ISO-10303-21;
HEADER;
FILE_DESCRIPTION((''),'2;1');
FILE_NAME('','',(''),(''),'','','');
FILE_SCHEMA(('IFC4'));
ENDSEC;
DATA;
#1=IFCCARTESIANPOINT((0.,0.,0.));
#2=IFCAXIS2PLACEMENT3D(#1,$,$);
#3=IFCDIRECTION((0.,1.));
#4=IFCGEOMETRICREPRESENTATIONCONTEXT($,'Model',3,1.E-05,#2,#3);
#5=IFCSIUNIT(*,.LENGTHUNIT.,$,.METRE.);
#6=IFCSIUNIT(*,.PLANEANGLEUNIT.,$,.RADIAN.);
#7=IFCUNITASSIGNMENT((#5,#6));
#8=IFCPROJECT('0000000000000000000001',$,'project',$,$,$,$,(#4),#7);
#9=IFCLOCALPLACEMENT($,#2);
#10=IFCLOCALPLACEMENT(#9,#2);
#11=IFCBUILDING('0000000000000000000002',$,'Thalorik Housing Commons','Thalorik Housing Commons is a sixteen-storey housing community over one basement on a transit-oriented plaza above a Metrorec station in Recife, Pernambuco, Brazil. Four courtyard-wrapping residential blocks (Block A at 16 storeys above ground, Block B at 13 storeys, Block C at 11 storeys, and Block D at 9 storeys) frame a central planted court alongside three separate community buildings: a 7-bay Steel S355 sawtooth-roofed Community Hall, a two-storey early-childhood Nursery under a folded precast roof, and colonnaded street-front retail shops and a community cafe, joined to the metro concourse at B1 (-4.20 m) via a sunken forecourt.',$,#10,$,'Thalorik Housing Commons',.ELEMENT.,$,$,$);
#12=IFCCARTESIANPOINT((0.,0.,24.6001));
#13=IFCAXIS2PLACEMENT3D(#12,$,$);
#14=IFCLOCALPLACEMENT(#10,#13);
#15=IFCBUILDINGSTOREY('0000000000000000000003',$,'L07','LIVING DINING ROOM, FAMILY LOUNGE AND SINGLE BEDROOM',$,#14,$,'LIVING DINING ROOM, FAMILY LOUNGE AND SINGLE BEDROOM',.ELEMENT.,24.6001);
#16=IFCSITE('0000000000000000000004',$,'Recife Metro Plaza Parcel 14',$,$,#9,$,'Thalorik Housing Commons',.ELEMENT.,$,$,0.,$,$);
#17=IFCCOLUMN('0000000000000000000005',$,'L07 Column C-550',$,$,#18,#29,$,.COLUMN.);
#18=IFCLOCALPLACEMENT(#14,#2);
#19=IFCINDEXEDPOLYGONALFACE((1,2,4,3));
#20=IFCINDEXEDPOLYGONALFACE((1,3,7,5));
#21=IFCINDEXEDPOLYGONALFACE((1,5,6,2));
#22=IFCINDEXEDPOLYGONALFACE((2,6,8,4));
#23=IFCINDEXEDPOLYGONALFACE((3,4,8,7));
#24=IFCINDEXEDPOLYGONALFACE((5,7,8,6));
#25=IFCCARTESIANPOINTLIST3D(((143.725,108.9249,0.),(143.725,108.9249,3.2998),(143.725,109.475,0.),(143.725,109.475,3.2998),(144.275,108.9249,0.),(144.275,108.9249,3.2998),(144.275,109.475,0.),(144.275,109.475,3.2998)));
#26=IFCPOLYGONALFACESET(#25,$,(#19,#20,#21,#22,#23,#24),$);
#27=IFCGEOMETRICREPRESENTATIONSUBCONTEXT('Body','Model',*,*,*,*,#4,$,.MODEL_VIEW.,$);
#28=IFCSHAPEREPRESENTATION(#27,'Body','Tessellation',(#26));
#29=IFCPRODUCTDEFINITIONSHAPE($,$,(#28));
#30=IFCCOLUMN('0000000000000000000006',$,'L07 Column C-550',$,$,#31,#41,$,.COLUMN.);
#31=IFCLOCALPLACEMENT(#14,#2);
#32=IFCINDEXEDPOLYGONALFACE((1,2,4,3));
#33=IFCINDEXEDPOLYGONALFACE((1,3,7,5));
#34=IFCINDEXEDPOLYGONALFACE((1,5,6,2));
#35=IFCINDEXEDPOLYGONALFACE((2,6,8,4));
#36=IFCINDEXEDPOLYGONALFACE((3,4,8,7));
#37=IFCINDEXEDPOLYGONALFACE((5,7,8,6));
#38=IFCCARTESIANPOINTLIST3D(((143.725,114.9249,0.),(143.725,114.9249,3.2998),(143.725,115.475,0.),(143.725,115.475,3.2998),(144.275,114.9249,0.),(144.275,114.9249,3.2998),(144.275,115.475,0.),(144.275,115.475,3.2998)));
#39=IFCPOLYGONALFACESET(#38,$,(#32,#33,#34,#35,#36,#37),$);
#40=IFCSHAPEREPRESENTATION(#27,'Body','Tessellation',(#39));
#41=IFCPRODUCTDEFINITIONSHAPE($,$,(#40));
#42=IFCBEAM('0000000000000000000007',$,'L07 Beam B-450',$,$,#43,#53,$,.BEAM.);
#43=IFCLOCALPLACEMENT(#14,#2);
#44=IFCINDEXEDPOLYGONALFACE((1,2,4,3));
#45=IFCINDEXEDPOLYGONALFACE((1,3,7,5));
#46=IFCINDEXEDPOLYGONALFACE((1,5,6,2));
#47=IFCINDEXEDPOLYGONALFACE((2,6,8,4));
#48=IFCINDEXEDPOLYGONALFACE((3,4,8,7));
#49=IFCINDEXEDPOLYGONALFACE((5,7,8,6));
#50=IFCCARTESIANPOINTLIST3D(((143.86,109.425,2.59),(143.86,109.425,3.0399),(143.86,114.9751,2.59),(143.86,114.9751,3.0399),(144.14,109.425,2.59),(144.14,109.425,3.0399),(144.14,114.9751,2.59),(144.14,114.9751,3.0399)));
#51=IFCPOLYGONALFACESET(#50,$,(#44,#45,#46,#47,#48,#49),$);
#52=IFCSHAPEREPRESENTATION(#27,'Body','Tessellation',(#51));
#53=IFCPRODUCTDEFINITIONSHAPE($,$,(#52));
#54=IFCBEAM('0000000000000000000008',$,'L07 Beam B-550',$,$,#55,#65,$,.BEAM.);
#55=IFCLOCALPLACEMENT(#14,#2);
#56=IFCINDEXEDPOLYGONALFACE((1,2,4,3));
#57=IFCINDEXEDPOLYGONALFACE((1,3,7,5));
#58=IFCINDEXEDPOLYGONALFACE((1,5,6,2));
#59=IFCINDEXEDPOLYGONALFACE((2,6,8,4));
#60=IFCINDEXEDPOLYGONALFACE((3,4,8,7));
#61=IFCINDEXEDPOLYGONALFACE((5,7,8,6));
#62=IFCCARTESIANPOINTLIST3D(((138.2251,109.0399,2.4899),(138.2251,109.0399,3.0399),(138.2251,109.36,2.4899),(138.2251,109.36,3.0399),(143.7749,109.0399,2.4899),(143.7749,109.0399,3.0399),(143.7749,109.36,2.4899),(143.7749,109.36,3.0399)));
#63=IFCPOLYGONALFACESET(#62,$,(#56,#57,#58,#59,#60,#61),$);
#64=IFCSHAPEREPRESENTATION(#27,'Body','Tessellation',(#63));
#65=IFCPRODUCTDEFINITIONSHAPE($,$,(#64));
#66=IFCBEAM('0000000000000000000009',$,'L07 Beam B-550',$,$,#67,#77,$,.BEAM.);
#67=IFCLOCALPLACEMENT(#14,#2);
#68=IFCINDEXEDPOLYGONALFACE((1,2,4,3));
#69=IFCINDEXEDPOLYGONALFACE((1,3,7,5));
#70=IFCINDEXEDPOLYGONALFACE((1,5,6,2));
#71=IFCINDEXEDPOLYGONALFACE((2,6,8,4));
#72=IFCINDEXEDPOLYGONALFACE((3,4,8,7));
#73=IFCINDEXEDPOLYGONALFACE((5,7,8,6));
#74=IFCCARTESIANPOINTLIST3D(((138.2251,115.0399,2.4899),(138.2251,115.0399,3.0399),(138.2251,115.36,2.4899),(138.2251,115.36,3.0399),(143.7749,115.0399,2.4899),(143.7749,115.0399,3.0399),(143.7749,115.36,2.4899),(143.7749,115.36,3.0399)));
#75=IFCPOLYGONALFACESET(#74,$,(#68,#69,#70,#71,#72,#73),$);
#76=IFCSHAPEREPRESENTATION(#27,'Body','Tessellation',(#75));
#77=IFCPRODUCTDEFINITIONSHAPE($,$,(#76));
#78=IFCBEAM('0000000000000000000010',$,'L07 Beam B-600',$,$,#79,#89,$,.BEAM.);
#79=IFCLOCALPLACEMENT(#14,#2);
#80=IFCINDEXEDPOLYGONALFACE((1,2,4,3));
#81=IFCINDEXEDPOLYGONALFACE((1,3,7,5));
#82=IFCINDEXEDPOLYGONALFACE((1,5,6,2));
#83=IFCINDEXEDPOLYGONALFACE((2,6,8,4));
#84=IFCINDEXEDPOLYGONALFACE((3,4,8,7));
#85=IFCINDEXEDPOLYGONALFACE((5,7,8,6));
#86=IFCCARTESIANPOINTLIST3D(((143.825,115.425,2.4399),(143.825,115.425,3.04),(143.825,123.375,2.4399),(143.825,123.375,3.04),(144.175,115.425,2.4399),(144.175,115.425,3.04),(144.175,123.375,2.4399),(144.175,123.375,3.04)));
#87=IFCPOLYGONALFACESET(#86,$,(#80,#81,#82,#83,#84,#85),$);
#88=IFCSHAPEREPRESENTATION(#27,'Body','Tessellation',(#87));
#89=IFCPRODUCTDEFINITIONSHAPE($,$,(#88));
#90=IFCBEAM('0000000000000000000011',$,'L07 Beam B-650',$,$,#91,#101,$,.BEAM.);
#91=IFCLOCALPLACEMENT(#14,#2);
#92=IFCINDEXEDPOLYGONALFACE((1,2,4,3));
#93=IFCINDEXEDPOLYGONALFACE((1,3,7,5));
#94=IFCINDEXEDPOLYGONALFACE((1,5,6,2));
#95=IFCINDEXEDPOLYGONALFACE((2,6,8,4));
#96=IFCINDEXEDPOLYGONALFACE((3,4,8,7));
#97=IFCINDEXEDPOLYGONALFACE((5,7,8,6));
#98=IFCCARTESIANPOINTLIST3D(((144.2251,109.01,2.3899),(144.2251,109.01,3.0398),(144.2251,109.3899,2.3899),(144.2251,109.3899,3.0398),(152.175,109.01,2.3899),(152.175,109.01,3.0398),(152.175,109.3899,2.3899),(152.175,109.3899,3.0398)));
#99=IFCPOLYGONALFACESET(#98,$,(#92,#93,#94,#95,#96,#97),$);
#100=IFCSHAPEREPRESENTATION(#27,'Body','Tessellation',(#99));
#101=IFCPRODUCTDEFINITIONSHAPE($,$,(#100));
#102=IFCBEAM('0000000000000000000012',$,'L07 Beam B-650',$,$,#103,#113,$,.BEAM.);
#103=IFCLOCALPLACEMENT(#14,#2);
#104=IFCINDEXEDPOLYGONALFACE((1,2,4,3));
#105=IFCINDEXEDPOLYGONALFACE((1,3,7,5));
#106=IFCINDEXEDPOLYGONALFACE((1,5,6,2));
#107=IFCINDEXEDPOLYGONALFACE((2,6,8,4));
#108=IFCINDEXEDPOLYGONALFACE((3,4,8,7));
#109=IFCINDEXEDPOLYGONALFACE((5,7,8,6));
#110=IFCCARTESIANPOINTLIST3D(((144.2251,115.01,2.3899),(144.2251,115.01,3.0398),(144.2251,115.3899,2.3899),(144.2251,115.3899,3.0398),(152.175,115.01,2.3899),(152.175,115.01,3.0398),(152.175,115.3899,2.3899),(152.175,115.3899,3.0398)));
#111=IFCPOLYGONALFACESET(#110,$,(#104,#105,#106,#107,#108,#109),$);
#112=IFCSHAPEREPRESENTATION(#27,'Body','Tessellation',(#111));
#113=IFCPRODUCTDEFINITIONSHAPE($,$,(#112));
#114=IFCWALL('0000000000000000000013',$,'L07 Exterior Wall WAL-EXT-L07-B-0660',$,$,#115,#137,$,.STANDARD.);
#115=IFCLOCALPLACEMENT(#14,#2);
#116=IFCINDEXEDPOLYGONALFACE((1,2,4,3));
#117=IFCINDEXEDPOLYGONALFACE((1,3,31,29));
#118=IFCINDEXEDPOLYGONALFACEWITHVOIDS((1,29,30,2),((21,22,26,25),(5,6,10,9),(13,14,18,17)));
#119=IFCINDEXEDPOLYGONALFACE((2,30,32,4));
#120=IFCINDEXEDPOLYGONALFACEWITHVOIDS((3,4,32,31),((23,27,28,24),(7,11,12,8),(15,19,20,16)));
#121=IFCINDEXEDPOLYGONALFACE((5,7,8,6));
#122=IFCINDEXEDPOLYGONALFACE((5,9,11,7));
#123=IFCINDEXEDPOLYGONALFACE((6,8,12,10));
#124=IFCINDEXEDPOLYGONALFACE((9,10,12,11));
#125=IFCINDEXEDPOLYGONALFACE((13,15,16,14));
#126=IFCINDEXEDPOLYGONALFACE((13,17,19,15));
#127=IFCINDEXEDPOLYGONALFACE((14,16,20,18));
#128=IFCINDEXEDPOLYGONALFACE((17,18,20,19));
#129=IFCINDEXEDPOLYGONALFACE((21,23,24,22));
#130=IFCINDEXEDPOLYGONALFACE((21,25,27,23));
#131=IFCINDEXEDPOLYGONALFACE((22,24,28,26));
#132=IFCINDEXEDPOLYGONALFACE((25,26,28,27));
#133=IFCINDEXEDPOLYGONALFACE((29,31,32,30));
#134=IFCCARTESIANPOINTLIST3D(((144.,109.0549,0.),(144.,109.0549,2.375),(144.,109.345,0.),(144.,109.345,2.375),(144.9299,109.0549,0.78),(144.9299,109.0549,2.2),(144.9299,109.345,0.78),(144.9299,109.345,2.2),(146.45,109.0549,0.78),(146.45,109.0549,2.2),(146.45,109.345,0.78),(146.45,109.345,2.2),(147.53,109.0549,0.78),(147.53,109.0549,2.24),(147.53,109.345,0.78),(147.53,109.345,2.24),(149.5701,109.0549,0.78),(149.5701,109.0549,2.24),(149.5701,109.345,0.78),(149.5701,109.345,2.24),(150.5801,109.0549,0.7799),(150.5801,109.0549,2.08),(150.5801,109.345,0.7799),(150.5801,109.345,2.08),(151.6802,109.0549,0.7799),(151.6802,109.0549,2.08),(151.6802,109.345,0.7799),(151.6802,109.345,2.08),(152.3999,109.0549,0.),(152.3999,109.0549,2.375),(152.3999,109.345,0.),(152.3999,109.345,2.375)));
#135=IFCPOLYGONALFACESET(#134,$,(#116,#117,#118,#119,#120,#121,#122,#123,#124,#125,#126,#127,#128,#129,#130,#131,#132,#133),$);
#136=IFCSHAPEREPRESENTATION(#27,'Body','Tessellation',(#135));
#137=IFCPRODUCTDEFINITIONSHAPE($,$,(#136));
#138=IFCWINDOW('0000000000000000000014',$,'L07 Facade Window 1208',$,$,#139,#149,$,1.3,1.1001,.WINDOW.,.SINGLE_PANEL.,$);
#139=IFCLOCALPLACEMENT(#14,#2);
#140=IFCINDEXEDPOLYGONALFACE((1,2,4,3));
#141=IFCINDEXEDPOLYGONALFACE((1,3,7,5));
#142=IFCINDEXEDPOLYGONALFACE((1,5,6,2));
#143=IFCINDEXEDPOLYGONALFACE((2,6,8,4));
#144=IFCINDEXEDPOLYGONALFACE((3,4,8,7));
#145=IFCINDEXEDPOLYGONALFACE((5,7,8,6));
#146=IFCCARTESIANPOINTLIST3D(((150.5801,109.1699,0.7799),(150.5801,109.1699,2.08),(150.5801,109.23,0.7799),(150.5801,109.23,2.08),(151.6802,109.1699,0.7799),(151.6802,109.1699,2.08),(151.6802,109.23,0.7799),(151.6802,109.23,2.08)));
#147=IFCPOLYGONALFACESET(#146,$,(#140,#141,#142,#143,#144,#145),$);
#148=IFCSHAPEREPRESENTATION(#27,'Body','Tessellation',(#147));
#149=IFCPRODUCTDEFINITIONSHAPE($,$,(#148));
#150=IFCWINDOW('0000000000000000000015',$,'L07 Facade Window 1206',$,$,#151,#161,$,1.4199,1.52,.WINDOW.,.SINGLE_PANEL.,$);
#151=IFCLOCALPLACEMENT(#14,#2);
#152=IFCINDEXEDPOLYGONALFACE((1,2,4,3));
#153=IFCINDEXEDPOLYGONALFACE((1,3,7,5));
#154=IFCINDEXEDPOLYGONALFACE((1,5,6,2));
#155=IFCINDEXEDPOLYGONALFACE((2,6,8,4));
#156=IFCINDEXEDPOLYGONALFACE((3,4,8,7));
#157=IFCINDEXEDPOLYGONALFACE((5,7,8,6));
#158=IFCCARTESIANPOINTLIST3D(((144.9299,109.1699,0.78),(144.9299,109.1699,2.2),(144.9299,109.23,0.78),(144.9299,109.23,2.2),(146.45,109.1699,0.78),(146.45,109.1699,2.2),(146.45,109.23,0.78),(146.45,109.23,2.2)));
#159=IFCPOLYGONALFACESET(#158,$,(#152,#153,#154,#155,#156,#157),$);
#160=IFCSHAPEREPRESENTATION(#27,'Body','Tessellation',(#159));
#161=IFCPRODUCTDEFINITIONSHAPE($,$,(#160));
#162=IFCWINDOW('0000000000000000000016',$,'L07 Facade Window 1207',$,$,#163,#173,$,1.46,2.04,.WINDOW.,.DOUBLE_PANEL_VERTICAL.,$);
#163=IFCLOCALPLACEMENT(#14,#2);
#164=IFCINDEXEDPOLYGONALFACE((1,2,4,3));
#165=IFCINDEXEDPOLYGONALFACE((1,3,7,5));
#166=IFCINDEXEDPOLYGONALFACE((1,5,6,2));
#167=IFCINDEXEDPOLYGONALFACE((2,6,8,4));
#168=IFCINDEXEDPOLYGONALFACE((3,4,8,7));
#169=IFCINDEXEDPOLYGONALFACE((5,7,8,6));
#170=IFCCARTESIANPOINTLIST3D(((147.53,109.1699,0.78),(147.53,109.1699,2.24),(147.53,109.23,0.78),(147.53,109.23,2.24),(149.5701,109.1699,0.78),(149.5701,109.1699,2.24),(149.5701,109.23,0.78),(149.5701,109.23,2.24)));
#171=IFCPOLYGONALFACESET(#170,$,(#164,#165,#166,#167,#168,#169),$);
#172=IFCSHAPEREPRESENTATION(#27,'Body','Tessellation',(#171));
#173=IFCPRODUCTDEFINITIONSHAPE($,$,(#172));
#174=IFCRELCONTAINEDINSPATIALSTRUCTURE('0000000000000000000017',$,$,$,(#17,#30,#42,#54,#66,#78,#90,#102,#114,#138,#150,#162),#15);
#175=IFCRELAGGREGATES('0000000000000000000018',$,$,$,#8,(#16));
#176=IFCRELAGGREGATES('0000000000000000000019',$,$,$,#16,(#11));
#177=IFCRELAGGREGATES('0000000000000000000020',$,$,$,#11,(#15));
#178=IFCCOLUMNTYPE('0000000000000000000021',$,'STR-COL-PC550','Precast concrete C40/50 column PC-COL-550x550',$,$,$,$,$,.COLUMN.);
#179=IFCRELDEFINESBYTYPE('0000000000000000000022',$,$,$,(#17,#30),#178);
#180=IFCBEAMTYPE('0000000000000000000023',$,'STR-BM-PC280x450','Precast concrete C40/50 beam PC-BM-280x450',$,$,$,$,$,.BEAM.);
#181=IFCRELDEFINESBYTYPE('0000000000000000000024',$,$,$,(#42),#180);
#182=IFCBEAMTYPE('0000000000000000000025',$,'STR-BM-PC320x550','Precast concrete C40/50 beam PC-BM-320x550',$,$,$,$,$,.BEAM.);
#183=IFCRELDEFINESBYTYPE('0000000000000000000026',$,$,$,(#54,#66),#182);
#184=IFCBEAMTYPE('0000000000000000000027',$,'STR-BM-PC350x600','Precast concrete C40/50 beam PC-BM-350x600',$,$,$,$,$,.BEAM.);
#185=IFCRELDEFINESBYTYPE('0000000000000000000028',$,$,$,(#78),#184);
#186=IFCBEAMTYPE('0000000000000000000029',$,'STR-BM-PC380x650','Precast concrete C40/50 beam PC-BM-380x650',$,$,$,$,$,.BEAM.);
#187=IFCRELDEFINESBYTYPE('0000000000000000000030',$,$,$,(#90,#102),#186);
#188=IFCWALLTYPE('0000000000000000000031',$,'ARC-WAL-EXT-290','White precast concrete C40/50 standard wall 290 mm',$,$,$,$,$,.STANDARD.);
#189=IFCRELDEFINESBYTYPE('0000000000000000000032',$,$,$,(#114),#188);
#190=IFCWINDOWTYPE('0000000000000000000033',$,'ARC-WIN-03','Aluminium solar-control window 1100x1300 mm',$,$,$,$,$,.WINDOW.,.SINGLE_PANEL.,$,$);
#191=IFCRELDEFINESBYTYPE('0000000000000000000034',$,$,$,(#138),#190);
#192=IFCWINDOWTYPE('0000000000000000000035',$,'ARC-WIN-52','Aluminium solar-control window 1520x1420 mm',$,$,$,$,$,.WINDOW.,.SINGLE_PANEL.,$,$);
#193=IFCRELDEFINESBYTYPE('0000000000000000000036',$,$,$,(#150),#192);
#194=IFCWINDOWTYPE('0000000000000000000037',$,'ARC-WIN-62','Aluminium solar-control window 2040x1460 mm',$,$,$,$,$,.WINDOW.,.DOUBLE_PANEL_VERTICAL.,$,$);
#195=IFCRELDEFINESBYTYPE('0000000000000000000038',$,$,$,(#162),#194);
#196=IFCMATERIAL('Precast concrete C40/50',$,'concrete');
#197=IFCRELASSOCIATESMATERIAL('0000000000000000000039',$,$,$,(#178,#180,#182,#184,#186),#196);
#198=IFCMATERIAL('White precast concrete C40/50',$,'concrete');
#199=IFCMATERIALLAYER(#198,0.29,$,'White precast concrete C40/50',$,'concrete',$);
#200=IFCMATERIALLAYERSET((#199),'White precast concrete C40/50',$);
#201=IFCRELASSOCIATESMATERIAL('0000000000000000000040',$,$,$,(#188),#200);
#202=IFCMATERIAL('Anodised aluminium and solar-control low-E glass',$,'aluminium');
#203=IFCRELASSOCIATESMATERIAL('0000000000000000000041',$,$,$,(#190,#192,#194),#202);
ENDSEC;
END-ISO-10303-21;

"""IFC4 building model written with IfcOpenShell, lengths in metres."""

from ifc_helpers import new_model, si_unit, direction, frame, frame_2d, origin, origin_2d, place, context, subcontext, project, spatial, rectangle, extrude, material, layer, layer_set, material_profile, profile_set, type_object, element, fill, save


model = new_model("IFC4")

# Units and contexts
model_context = context("Model", 3, precision=1e-05, world=origin(), true_north=direction((0.0, 1.0)))
body_context = subcontext(model_context, "Body", "Model", "MODEL_VIEW")
ifc_project = project(units=[si_unit("LENGTHUNIT", "METRE"), si_unit("PLANEANGLEUNIT", "RADIAN")], contexts=[model_context])

# Site, building, storey
site_placement = place(None, origin())
site = spatial("IfcSite", under=ifc_project, at=site_placement, Name="Recife Metro Plaza Parcel 14", LongName="Thalorik Housing Commons", CompositionType="ELEMENT", RefElevation=0.0)
building_placement = place(site_placement, origin())
building = spatial("IfcBuilding", under=site, at=building_placement, Name="Thalorik Housing Commons", Description="Thalorik Housing Commons is a sixteen-storey housing community over one basement on a transit-oriented plaza above a Metrorec station in Recife, Pernambuco, Brazil. Four courtyard-wrapping residential blocks (Block A at 16 storeys above ground, Block B at 13 storeys, Block C at 11 storeys, and Block D at 9 storeys) frame a central planted court alongside three separate community buildings: a 7-bay Steel S355 sawtooth-roofed Community Hall, a two-storey early-childhood Nursery under a folded precast roof, and colonnaded street-front retail shops and a community cafe, joined to the metro concourse at B1 (-4.20 m) via a sunken forecourt.", LongName="Thalorik Housing Commons", CompositionType="ELEMENT")
storey_placement = place(building_placement, frame((0.0, 0.0, 24.6001)))
storey = spatial("IfcBuildingStorey", under=building, at=storey_placement, Name="L07", Description="LIVING DINING ROOM, FAMILY LOUNGE AND SINGLE BEDROOM", LongName="LIVING DINING ROOM, FAMILY LOUNGE AND SINGLE BEDROOM", CompositionType="ELEMENT", Elevation=24.6001)

# Columns
ifc_material_1 = material(Name="Precast concrete C40/50", Category="concrete")
ifc_material_profile_1 = material_profile(ifc_material_1, rectangle(XDim=0.55, YDim=0.55, at=origin_2d()), Name="PC 550x550", Category="concrete")
ifc_profile_set_1 = profile_set([ifc_material_profile_1], Name="Precast concrete C40/50")
column_type = type_object("IfcColumnType", Name="STR-COL-PC550", Description="Precast concrete C40/50 column PC-COL-550x550", PredefinedType="COLUMN", material=ifc_profile_set_1)
for number, where, z_axis, x_axis, name in (
    (1, (144.0, 109.2, 0.0), (0.0, 0.0, 1.0), (1.0, 0.0, 0.0), "L07 Column C-550"),
    (2, (144.0, 115.2, 0.0), (0.0, 0.0, 1.0), (1.0, 0.0, 0.0), "L07 Column C-550"),
):
    element("IfcColumn", number, at=place(storey_placement, frame(where, z_axis=z_axis, x_axis=x_axis)), inside=storey, type_object=column_type, Name=name, PredefinedType="COLUMN", context=body_context, shape_type="SweptSolid", body=[
        extrude(rectangle(XDim=0.55, YDim=0.55, at=origin_2d()), origin(), (0.0, 0.0, 1.0), 3.2998),
    ])

# Beams
ifc_material_profile_2 = material_profile(ifc_material_1, rectangle(XDim=0.28, YDim=0.45, at=origin_2d()), Name="PC 280x450", Category="concrete")
ifc_profile_set_2 = profile_set([ifc_material_profile_2], Name="Precast concrete C40/50")
beam_type_1 = type_object("IfcBeamType", Name="STR-BM-PC280x450", Description="Precast concrete C40/50 beam PC-BM-280x450", PredefinedType="BEAM", material=ifc_profile_set_2)
beam_1_placement = place(storey_placement, frame((144.0, 109.425, 2.8149), z_axis=(0.0, 1.0, 0.0), x_axis=(-1.0, 0.0, 0.0)))
element("IfcBeam", 3, at=beam_1_placement, inside=storey, type_object=beam_type_1, Name="L07 Beam B-450", PredefinedType="BEAM", context=body_context, shape_type="SweptSolid", body=[
    extrude(rectangle(XDim=0.28, YDim=0.45, at=origin_2d()), origin(), (0.0, 0.0, 1.0), 5.55),
])
ifc_material_profile_3 = material_profile(ifc_material_1, rectangle(XDim=0.3201, YDim=0.55, at=origin_2d()), Name="PC 320x550", Category="concrete")
ifc_profile_set_3 = profile_set([ifc_material_profile_3], Name="Precast concrete C40/50")
beam_type_2 = type_object("IfcBeamType", Name="STR-BM-PC320x550", Description="Precast concrete C40/50 beam PC-BM-320x550", PredefinedType="BEAM", material=ifc_profile_set_3)
for number, where, z_axis, x_axis, name in (
    (4, (138.2251, 109.2, 2.7649), (1.0, 0.0, 0.0), (0.0, 1.0, 0.0), "L07 Beam B-550"),
    (5, (138.2251, 115.2, 2.7649), (1.0, 0.0, 0.0), (0.0, 1.0, 0.0), "L07 Beam B-550"),
):
    element("IfcBeam", number, at=place(storey_placement, frame(where, z_axis=z_axis, x_axis=x_axis)), inside=storey, type_object=beam_type_2, Name=name, PredefinedType="BEAM", context=body_context, shape_type="SweptSolid", body=[
        extrude(rectangle(XDim=0.3201, YDim=0.55, at=origin_2d()), origin(), (0.0, 0.0, 1.0), 5.5498),
    ])
ifc_material_profile_4 = material_profile(ifc_material_1, rectangle(XDim=0.3501, YDim=0.6001, at=origin_2d()), Name="PC 350x600", Category="concrete")
ifc_profile_set_4 = profile_set([ifc_material_profile_4], Name="Precast concrete C40/50")
beam_type_3 = type_object("IfcBeamType", Name="STR-BM-PC350x600", Description="Precast concrete C40/50 beam PC-BM-350x600", PredefinedType="BEAM", material=ifc_profile_set_4)
beam_2_placement = place(storey_placement, frame((144.0, 115.425, 2.74), z_axis=(0.0, 1.0, 0.0), x_axis=(-1.0, 0.0, 0.0)))
element("IfcBeam", 6, at=beam_2_placement, inside=storey, type_object=beam_type_3, Name="L07 Beam B-600", PredefinedType="BEAM", context=body_context, shape_type="SweptSolid", body=[
    extrude(rectangle(XDim=0.3501, YDim=0.6001, at=origin_2d()), origin(), (0.0, 0.0, 1.0), 7.95),
])
ifc_material_profile_5 = material_profile(ifc_material_1, rectangle(XDim=0.3799, YDim=0.6499, at=origin_2d()), Name="PC 380x650", Category="concrete")
ifc_profile_set_5 = profile_set([ifc_material_profile_5], Name="Precast concrete C40/50")
beam_type_4 = type_object("IfcBeamType", Name="STR-BM-PC380x650", Description="Precast concrete C40/50 beam PC-BM-380x650", PredefinedType="BEAM", material=ifc_profile_set_5)
for number, where, z_axis, x_axis, name in (
    (7, (144.2251, 109.2, 2.7148), (1.0, 0.0, 0.0), (0.0, 1.0, 0.0), "L07 Beam B-650"),
    (8, (144.2251, 115.2, 2.7148), (1.0, 0.0, 0.0), (0.0, 1.0, 0.0), "L07 Beam B-650"),
):
    element("IfcBeam", number, at=place(storey_placement, frame(where, z_axis=z_axis, x_axis=x_axis)), inside=storey, type_object=beam_type_4, Name=name, PredefinedType="BEAM", context=body_context, shape_type="SweptSolid", body=[
        extrude(rectangle(XDim=0.3799, YDim=0.6499, at=origin_2d()), origin(), (0.0, 0.0, 1.0), 7.95),
    ])

# Wall, openings, windows
ifc_material_2 = material(Name="White precast concrete C40/50", Category="concrete")
ifc_layer_1 = layer(ifc_material_2, 0.29, Name="White precast concrete C40/50", Category="concrete")
ifc_layer_set_1 = layer_set([ifc_layer_1], Name="White precast concrete C40/50")
wall_type_1 = type_object("IfcWallType", Name="ARC-WAL-EXT-290", Description="White precast concrete C40/50 standard wall 290 mm", PredefinedType="STANDARD", material=ifc_layer_set_1)
wall_1_placement = place(storey_placement, frame((144.0, 109.2, 0.0), z_axis=(0.0, 0.0, 1.0), x_axis=(1.0, 0.0, 0.0)))
wall_1 = element("IfcWall", 9, at=wall_1_placement, inside=storey, type_object=wall_type_1, Name="L07 Exterior Wall WAL-EXT-L07-B-0660", PredefinedType="STANDARD", context=body_context, shape_type="SweptSolid", body=[
    extrude(rectangle(XDim=8.3999, YDim=0.29, at=frame_2d((4.2, 0.0))), origin(), (0.0, 0.0, 1.0), 2.375),
])
opening_1_placement = place(wall_1_placement, frame((0.9299, 0.0, 0.78)))
opening_1 = element("IfcOpeningElement", 10, at=opening_1_placement, cuts=wall_1, PredefinedType="OPENING", context=body_context, shape_type="SweptSolid", body=[
    extrude(rectangle(XDim=1.52, YDim=1.4199, at=frame_2d((0.76, 0.71))), frame((0.0, 0.155, 0.0), z_axis=(0.0, -1.0, 0.0), x_axis=(1.0, 0.0, 0.0)), (0.0, 0.0, 1.0), 0.3101),
])
opening_2_placement = place(wall_1_placement, frame((3.53, 0.0, 0.78)))
opening_2 = element("IfcOpeningElement", 11, at=opening_2_placement, cuts=wall_1, PredefinedType="OPENING", context=body_context, shape_type="SweptSolid", body=[
    extrude(rectangle(XDim=2.04, YDim=1.46, at=frame_2d((1.02, 0.73))), frame((0.0, 0.155, 0.0), z_axis=(0.0, -1.0, 0.0), x_axis=(1.0, 0.0, 0.0)), (0.0, 0.0, 1.0), 0.3101),
])
opening_3_placement = place(wall_1_placement, frame((6.5801, 0.0, 0.78)))
opening_3 = element("IfcOpeningElement", 12, at=opening_3_placement, cuts=wall_1, PredefinedType="OPENING", context=body_context, shape_type="SweptSolid", body=[
    extrude(rectangle(XDim=1.1001, YDim=1.3, at=frame_2d((0.55, 0.6499))), frame((0.0, 0.155, 0.0), z_axis=(0.0, -1.0, 0.0), x_axis=(1.0, 0.0, 0.0)), (0.0, 0.0, 1.0), 0.3101),
])
ifc_material_3 = material(Name="Anodised aluminium and solar-control low-E glass", Category="aluminium")
window_type_1 = type_object("IfcWindowType", Name="ARC-WIN-03", Description="Aluminium solar-control window 1100x1300 mm", PartitioningType="SINGLE_PANEL", PredefinedType="WINDOW", material=ifc_material_3)
window_1_placement = place(opening_3_placement, origin())
window_1 = element("IfcWindow", 13, at=window_1_placement, inside=storey, type_object=window_type_1, Name="L07 Facade Window 1208", OverallHeight=1.3, OverallWidth=1.1001, PartitioningType="SINGLE_PANEL", PredefinedType="WINDOW", context=body_context, shape_type="SweptSolid", body=[
    extrude(rectangle(XDim=1.1001, YDim=1.3, at=frame_2d((0.55, 0.6499))), frame((0.0, 0.03, 0.0), z_axis=(0.0, -1.0, 0.0), x_axis=(1.0, 0.0, 0.0)), (0.0, 0.0, 1.0), 0.0601),
])
fill(opening_3, window_1)
window_type_2 = type_object("IfcWindowType", Name="ARC-WIN-52", Description="Aluminium solar-control window 1520x1420 mm", PartitioningType="SINGLE_PANEL", PredefinedType="WINDOW", material=ifc_material_3)
window_2_placement = place(opening_1_placement, origin())
window_2 = element("IfcWindow", 14, at=window_2_placement, inside=storey, type_object=window_type_2, Name="L07 Facade Window 1206", OverallHeight=1.4199, OverallWidth=1.52, PartitioningType="SINGLE_PANEL", PredefinedType="WINDOW", context=body_context, shape_type="SweptSolid", body=[
    extrude(rectangle(XDim=1.52, YDim=1.4199, at=frame_2d((0.76, 0.71))), frame((0.0, 0.03, 0.0), z_axis=(0.0, -1.0, 0.0), x_axis=(1.0, 0.0, 0.0)), (0.0, 0.0, 1.0), 0.0601),
])
fill(opening_1, window_2)
window_type_3 = type_object("IfcWindowType", Name="ARC-WIN-62", Description="Aluminium solar-control window 2040x1460 mm", PartitioningType="DOUBLE_PANEL_VERTICAL", PredefinedType="WINDOW", material=ifc_material_3)
window_3_placement = place(opening_2_placement, origin())
window_3 = element("IfcWindow", 15, at=window_3_placement, inside=storey, type_object=window_type_3, Name="L07 Facade Window 1207", OverallHeight=1.46, OverallWidth=2.04, PartitioningType="DOUBLE_PANEL_VERTICAL", PredefinedType="WINDOW", context=body_context, shape_type="SweptSolid", body=[
    extrude(rectangle(XDim=2.04, YDim=1.46, at=frame_2d((1.02, 0.73))), frame((0.0, 0.03, 0.0), z_axis=(0.0, -1.0, 0.0), x_axis=(1.0, 0.0, 0.0)), (0.0, 0.0, 1.0), 0.0601),
])
fill(opening_2, window_3)

save(model, "model.ifc")
